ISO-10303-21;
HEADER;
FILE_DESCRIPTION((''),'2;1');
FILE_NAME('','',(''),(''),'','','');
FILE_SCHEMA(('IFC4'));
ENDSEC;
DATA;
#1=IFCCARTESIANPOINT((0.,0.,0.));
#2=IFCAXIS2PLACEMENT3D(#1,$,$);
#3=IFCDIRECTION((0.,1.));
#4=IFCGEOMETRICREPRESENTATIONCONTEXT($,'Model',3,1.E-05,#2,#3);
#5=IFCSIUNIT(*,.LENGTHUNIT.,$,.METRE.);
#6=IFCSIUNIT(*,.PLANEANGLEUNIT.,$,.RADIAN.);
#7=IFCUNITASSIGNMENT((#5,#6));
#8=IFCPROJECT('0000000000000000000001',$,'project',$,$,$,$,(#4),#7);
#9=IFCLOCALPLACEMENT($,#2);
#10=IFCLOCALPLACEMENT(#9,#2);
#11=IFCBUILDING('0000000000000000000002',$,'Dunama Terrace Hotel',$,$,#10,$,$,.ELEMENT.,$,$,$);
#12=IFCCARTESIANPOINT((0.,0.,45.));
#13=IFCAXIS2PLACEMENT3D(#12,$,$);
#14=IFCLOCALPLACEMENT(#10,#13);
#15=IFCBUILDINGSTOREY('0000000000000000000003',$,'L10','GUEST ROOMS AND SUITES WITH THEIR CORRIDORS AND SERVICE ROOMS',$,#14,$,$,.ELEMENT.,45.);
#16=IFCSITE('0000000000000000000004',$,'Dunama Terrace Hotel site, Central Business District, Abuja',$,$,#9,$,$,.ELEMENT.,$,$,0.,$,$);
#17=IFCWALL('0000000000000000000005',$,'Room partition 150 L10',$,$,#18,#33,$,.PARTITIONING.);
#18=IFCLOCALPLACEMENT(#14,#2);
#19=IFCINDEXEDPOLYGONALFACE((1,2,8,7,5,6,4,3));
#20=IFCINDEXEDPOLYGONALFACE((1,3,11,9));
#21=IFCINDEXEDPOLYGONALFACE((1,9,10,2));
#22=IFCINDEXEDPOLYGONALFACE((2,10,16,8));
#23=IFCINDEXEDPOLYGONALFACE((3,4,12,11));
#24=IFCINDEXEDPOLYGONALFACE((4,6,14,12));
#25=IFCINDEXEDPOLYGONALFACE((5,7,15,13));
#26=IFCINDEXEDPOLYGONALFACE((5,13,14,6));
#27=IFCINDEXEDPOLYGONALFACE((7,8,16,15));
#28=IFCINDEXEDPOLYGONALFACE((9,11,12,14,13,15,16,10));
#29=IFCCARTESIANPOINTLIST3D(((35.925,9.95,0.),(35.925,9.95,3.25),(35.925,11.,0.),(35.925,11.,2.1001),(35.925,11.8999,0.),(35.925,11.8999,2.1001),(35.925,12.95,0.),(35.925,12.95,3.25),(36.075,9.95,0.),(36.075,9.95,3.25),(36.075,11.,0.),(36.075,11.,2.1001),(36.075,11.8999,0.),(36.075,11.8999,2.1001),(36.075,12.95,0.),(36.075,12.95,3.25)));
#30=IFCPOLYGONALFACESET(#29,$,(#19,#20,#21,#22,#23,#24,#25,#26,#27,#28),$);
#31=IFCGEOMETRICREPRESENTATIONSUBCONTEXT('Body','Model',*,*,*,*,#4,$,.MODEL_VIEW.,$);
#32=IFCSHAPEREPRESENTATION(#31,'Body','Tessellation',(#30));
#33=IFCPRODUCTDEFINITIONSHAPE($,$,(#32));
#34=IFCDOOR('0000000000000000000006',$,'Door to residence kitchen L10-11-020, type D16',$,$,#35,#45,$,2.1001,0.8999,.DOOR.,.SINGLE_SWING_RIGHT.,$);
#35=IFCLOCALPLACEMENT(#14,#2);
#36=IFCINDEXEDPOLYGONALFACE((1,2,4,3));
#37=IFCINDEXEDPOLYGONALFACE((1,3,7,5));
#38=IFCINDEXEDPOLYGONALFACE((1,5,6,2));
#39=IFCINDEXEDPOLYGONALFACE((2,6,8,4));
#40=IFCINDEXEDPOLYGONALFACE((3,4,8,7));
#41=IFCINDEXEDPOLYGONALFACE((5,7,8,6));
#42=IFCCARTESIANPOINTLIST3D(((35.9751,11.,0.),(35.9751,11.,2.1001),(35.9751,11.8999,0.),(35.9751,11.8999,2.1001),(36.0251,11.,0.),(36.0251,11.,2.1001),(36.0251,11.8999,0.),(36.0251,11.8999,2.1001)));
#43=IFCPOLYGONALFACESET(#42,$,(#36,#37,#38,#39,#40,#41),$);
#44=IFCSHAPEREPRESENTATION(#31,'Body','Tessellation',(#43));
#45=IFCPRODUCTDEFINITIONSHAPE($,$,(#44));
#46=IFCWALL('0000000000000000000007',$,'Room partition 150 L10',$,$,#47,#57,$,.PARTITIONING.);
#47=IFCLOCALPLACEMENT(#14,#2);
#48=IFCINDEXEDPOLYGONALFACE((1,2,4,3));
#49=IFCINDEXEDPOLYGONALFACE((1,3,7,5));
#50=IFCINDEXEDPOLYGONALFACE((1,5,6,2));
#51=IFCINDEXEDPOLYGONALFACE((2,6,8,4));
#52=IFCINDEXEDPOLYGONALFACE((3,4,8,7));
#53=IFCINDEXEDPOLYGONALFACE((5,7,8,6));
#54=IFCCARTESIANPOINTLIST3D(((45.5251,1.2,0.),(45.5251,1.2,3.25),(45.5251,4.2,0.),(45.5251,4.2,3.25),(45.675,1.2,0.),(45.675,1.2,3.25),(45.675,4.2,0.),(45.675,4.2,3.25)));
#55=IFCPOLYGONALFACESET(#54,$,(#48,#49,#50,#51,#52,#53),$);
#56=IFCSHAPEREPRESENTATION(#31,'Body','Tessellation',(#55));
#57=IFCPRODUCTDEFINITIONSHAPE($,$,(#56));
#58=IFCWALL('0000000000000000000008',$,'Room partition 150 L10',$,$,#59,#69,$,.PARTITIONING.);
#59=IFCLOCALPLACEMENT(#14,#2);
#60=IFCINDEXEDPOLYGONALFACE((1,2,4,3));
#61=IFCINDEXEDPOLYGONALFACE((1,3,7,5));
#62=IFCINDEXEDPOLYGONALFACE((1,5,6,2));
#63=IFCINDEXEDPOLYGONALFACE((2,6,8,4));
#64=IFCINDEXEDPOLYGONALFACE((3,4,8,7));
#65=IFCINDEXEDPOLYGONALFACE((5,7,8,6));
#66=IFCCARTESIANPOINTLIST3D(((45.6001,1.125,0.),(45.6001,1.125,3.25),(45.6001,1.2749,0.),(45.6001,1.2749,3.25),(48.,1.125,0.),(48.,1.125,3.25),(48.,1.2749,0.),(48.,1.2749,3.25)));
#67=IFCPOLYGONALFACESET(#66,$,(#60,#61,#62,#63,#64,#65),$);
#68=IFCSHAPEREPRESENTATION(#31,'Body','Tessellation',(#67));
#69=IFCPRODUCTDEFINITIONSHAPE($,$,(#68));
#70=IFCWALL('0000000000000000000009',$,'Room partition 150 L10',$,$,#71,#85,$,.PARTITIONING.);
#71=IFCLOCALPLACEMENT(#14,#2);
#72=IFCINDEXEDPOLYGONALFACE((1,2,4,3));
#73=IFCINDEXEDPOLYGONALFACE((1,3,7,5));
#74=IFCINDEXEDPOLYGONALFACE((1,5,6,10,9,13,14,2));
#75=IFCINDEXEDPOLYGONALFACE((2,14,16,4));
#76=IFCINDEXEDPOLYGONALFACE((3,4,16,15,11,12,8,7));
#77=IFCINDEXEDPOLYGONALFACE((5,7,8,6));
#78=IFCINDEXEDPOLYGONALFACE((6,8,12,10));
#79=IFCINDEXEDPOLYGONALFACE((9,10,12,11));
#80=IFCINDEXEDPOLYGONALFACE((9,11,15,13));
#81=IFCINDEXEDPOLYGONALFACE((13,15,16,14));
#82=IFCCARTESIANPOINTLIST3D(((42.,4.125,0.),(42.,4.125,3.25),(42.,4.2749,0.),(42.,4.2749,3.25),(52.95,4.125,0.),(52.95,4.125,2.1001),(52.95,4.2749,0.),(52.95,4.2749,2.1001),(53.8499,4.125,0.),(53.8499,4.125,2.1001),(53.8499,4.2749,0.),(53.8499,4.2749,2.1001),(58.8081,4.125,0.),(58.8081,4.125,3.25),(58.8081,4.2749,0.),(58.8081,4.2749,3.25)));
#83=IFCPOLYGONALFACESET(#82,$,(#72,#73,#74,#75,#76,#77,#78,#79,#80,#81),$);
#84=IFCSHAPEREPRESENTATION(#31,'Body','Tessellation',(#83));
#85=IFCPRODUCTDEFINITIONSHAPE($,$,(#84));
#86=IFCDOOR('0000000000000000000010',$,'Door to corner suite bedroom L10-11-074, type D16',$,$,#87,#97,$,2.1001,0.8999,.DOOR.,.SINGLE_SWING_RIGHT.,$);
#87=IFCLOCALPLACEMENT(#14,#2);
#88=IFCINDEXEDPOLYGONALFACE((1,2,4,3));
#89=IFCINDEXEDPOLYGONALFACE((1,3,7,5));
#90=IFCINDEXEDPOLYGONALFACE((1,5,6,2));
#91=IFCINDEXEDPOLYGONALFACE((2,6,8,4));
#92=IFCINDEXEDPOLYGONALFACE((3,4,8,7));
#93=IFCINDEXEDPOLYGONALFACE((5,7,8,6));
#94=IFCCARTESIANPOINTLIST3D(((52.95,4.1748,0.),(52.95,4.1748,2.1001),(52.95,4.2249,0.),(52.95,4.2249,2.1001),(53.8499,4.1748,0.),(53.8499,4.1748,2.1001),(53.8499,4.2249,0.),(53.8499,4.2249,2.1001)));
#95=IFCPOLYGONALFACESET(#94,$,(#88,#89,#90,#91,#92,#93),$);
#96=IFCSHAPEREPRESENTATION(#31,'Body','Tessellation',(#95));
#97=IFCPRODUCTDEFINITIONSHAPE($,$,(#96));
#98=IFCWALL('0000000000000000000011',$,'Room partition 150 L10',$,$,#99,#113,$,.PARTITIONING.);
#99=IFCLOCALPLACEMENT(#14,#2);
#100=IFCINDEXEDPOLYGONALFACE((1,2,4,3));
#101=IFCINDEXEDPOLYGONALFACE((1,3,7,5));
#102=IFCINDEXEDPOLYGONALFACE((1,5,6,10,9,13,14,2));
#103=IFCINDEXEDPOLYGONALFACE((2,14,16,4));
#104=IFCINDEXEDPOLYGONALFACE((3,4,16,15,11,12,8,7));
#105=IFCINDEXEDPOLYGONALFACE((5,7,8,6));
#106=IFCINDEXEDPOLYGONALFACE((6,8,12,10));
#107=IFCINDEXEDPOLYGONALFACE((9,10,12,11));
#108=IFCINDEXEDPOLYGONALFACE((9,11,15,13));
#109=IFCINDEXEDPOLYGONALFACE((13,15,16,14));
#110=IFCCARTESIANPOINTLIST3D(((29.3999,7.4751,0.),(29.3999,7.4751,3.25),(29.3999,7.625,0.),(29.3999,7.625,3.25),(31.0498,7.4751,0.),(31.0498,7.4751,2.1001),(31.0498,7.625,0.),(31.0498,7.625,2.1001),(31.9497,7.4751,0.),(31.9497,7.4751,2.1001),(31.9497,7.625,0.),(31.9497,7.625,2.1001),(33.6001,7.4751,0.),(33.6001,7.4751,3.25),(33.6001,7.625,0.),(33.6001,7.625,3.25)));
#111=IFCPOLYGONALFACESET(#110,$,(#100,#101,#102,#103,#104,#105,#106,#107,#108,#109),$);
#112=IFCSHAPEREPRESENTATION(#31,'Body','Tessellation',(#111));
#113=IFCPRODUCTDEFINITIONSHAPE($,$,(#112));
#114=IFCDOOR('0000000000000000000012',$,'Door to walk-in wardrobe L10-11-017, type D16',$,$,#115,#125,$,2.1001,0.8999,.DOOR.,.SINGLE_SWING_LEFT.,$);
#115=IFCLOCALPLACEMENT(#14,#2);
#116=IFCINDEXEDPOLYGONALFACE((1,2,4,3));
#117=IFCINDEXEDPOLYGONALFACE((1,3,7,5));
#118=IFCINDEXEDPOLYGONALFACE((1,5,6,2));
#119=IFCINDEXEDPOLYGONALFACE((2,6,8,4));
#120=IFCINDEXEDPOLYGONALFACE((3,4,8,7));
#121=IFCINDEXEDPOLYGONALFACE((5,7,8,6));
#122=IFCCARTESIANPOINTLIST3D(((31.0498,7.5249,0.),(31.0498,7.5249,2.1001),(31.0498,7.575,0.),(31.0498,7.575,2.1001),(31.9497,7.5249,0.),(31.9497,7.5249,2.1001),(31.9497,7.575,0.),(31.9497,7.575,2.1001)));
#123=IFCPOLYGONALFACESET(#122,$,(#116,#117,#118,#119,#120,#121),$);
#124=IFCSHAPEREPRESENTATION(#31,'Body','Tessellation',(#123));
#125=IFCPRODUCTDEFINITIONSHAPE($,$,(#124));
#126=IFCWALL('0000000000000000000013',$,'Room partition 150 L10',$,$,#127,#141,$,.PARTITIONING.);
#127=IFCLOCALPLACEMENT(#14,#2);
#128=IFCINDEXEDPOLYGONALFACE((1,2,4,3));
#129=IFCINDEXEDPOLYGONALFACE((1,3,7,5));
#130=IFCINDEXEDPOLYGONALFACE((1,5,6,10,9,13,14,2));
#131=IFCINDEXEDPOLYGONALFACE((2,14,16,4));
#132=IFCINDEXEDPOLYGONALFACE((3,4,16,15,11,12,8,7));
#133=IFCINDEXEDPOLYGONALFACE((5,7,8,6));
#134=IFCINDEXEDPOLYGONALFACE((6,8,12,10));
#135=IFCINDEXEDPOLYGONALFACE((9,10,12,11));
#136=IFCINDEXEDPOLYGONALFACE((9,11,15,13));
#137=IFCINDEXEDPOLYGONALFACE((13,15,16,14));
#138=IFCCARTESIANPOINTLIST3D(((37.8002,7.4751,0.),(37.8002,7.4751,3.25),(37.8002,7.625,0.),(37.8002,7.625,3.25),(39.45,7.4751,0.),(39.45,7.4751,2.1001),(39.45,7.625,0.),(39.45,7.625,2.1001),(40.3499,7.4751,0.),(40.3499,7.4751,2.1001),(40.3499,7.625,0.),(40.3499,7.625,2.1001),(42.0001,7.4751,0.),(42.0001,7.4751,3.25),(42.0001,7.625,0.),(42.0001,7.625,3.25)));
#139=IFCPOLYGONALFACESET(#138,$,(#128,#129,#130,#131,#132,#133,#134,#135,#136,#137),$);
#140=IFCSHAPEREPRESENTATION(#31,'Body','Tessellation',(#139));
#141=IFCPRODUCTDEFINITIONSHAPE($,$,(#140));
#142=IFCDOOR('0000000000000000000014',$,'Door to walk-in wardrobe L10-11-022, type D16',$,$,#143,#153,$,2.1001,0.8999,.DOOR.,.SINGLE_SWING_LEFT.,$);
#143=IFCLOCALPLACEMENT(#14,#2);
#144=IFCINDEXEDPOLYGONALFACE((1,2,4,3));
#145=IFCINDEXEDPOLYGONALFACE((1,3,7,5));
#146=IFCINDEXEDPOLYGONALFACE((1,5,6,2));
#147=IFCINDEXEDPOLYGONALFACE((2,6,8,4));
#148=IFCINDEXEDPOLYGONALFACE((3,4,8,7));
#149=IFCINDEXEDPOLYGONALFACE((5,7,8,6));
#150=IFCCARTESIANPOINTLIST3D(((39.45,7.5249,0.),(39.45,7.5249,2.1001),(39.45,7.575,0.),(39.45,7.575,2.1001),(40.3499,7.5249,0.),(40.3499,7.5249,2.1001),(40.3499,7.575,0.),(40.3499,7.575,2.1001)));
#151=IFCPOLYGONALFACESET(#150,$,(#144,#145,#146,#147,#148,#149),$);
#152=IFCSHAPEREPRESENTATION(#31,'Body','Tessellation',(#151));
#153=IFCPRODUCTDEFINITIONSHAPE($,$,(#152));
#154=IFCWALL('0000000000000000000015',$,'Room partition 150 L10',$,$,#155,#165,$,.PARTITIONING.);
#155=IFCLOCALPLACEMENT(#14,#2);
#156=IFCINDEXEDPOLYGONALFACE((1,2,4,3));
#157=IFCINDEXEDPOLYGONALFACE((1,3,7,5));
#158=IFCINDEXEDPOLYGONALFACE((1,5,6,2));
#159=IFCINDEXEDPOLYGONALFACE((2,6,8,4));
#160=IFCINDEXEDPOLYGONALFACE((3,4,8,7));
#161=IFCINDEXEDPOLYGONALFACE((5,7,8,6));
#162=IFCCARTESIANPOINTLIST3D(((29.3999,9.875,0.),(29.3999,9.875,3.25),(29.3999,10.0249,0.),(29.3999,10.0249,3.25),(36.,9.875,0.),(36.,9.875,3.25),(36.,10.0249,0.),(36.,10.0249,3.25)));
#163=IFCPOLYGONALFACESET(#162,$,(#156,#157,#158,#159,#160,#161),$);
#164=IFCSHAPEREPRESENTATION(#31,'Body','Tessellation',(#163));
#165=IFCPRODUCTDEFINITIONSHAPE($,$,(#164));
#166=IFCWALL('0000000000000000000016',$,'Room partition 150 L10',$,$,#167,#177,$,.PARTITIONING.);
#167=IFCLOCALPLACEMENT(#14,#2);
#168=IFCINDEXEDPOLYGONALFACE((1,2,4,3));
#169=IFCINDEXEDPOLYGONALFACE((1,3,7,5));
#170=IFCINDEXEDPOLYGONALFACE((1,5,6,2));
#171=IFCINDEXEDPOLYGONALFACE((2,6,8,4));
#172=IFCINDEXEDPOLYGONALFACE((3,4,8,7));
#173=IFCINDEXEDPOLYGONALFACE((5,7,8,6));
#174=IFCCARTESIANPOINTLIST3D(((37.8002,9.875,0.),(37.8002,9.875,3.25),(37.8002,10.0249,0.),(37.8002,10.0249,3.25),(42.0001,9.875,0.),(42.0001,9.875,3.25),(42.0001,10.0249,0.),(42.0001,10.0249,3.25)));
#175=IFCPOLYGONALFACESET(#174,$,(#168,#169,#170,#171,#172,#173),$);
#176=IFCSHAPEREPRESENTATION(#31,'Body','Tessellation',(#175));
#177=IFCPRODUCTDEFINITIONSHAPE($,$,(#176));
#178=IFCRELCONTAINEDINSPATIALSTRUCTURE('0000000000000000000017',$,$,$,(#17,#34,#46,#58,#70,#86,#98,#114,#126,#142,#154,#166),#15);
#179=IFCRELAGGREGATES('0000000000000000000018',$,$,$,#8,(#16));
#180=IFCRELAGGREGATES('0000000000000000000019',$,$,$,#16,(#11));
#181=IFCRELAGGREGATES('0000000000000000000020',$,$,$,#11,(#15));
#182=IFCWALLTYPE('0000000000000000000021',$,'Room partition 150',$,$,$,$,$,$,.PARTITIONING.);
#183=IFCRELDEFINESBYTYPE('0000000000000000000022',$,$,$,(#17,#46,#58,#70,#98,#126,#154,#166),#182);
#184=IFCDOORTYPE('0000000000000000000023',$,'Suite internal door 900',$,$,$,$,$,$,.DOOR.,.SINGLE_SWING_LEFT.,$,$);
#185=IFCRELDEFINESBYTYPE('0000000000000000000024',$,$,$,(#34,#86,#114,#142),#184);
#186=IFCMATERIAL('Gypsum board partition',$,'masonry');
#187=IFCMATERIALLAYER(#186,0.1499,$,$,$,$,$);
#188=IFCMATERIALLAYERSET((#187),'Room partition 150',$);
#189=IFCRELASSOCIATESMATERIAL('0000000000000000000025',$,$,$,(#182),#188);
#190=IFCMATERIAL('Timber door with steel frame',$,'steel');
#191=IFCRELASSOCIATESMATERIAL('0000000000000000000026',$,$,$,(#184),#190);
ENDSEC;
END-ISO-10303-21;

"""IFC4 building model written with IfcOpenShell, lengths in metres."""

from ifc_helpers import new_model, si_unit, direction, frame, frame_2d, origin, place, context, subcontext, project, spatial, rectangle, extrude, material, layer, layer_set, type_object, element, fill, save


model = new_model("IFC4")

# Units and contexts
model_context = context("Model", 3, precision=1e-05, world=origin(), true_north=direction((0.0, 1.0)))
body_context = subcontext(model_context, "Body", "Model", "MODEL_VIEW")
ifc_project = project(units=[si_unit("LENGTHUNIT", "METRE"), si_unit("PLANEANGLEUNIT", "RADIAN")], contexts=[model_context])

# Site, building, storey
site_placement = place(None, origin())
site = spatial("IfcSite", under=ifc_project, at=site_placement, Name="Dunama Terrace Hotel site, Central Business District, Abuja", CompositionType="ELEMENT", RefElevation=0.0)
building_placement = place(site_placement, origin())
building = spatial("IfcBuilding", under=site, at=building_placement, Name="Dunama Terrace Hotel", CompositionType="ELEMENT")
storey_placement = place(building_placement, frame((0.0, 0.0, 45.0)))
storey = spatial("IfcBuildingStorey", under=building, at=storey_placement, Name="L10", Description="GUEST ROOMS AND SUITES WITH THEIR CORRIDORS AND SERVICE ROOMS", CompositionType="ELEMENT", Elevation=45.0)

# Wall, opening, door
ifc_material_1 = material(Name="Gypsum board partition", Category="masonry")
ifc_layer_1 = layer(ifc_material_1, 0.1499)
ifc_layer_set_1 = layer_set([ifc_layer_1], Name="Room partition 150")
wall_type_1 = type_object("IfcWallType", Name="Room partition 150", PredefinedType="PARTITIONING", material=ifc_layer_set_1)
ifc_material_2 = material(Name="Timber door with steel frame", Category="steel")
door_type_1 = type_object("IfcDoorType", Name="Suite internal door 900", OperationType="SINGLE_SWING_LEFT", PredefinedType="DOOR", material=ifc_material_2)
wall_1_placement = place(storey_placement, frame((36.0, 9.95, 0.0), z_axis=(0.0, 0.0, 1.0), x_axis=(0.0, 1.0, 0.0)))
wall_1 = element("IfcWall", 1, at=wall_1_placement, inside=storey, type_object=wall_type_1, Name="Room partition 150 L10", PredefinedType="PARTITIONING", context=body_context, shape_type="SweptSolid", body=[
    extrude(rectangle(XDim=3.0, YDim=0.1499, at=frame_2d((1.5, 0.0))), origin(), (0.0, 0.0, 1.0), 3.25),
])
opening_1_placement = place(wall_1_placement, frame((1.05, 0.0, 0.0)))
opening_1 = element("IfcOpeningElement", 2, at=opening_1_placement, cuts=wall_1, PredefinedType="OPENING", context=body_context, shape_type="SweptSolid", body=[
    extrude(rectangle(XDim=0.8999, YDim=2.1001, at=frame_2d((0.45, 1.05))), frame((0.0, 0.085, 0.0), z_axis=(0.0, -1.0, 0.0), x_axis=(1.0, 0.0, 0.0)), (0.0, 0.0, 1.0), 0.1699),
])
door_1_placement = place(opening_1_placement, origin())
door_1 = element("IfcDoor", 3, at=door_1_placement, inside=storey, type_object=door_type_1, Name="Door to residence kitchen L10-11-020, type D16", OperationType="SINGLE_SWING_RIGHT", OverallHeight=2.1001, OverallWidth=0.8999, PredefinedType="DOOR", context=body_context, shape_type="SweptSolid", body=[
    extrude(rectangle(XDim=0.8999, YDim=2.1001, at=frame_2d((0.45, 1.05))), frame((0.0, 0.0249, 0.0), z_axis=(0.0, -1.0, 0.0), x_axis=(1.0, 0.0, 0.0)), (0.0, 0.0, 1.0), 0.05),
])
fill(opening_1, door_1)

# Walls
wall_2_placement = place(storey_placement, frame((45.6001, 1.2, 0.0), z_axis=(0.0, 0.0, 1.0), x_axis=(0.0, 1.0, 0.0)))
element("IfcWall", 4, at=wall_2_placement, inside=storey, type_object=wall_type_1, Name="Room partition 150 L10", PredefinedType="PARTITIONING", context=body_context, shape_type="SweptSolid", body=[
    extrude(rectangle(XDim=3.0, YDim=0.1499, at=frame_2d((1.5, 0.0))), origin(), (0.0, 0.0, 1.0), 3.25),
])
wall_3_placement = place(storey_placement, frame((45.6001, 1.2, 0.0), z_axis=(0.0, 0.0, 1.0), x_axis=(1.0, 0.0, 0.0)))
element("IfcWall", 5, at=wall_3_placement, inside=storey, type_object=wall_type_1, Name="Room partition 150 L10", PredefinedType="PARTITIONING", context=body_context, shape_type="SweptSolid", body=[
    extrude(rectangle(XDim=2.3999, YDim=0.1499, at=frame_2d((1.2, 0.0))), origin(), (0.0, 0.0, 1.0), 3.25),
])

# Walls, openings, doors
wall_4_placement = place(storey_placement, frame((42.0, 4.2, 0.0), z_axis=(0.0, 0.0, 1.0), x_axis=(1.0, 0.0, 0.0)))
wall_4 = element("IfcWall", 6, at=wall_4_placement, inside=storey, type_object=wall_type_1, Name="Room partition 150 L10", PredefinedType="PARTITIONING", context=body_context, shape_type="SweptSolid", body=[
    extrude(rectangle(XDim=16.8081, YDim=0.1499, at=frame_2d((8.4041, 0.0))), origin(), (0.0, 0.0, 1.0), 3.25),
])
opening_2_placement = place(wall_4_placement, frame((10.95, 0.0, 0.0)))
opening_2 = element("IfcOpeningElement", 7, at=opening_2_placement, cuts=wall_4, PredefinedType="OPENING", context=body_context, shape_type="SweptSolid", body=[
    extrude(rectangle(XDim=0.8999, YDim=2.1001, at=frame_2d((0.45, 1.05))), frame((0.0, 0.085, 0.0), z_axis=(0.0, -1.0, 0.0), x_axis=(1.0, 0.0, 0.0)), (0.0, 0.0, 1.0), 0.1699),
])
door_2_placement = place(opening_2_placement, frame((0.8999, 0.0, 0.0), z_axis=(0.0, 0.0, 1.0), x_axis=(-1.0, 0.0, 0.0)))
door_2 = element("IfcDoor", 8, at=door_2_placement, inside=storey, type_object=door_type_1, Name="Door to corner suite bedroom L10-11-074, type D16", OperationType="SINGLE_SWING_RIGHT", OverallHeight=2.1001, OverallWidth=0.8999, PredefinedType="DOOR", context=body_context, shape_type="SweptSolid", body=[
    extrude(rectangle(XDim=0.8999, YDim=2.1001, at=frame_2d((0.45, 1.05))), frame((0.0, 0.0251, 0.0), z_axis=(0.0, -1.0, 0.0), x_axis=(1.0, 0.0, 0.0)), (0.0, 0.0, 1.0), 0.05),
])
fill(opening_2, door_2)
wall_5_placement = place(storey_placement, frame((29.3999, 7.55, 0.0), z_axis=(0.0, 0.0, 1.0), x_axis=(1.0, 0.0, 0.0)))
wall_5 = element("IfcWall", 9, at=wall_5_placement, inside=storey, type_object=wall_type_1, Name="Room partition 150 L10", PredefinedType="PARTITIONING", context=body_context, shape_type="SweptSolid", body=[
    extrude(rectangle(XDim=4.2002, YDim=0.1499, at=frame_2d((2.1001, 0.0))), origin(), (0.0, 0.0, 1.0), 3.25),
])
opening_3_placement = place(wall_5_placement, frame((1.6499, 0.0, 0.0)))
opening_3 = element("IfcOpeningElement", 10, at=opening_3_placement, cuts=wall_5, PredefinedType="OPENING", context=body_context, shape_type="SweptSolid", body=[
    extrude(rectangle(XDim=0.8999, YDim=2.1001, at=frame_2d((0.45, 1.05))), frame((0.0, 0.085, 0.0), z_axis=(0.0, -1.0, 0.0), x_axis=(1.0, 0.0, 0.0)), (0.0, 0.0, 1.0), 0.1699),
])
door_3_placement = place(opening_3_placement, origin())
door_3 = element("IfcDoor", 11, at=door_3_placement, inside=storey, type_object=door_type_1, Name="Door to walk-in wardrobe L10-11-017, type D16", OperationType="SINGLE_SWING_LEFT", OverallHeight=2.1001, OverallWidth=0.8999, PredefinedType="DOOR", context=body_context, shape_type="SweptSolid", body=[
    extrude(rectangle(XDim=0.8999, YDim=2.1001, at=frame_2d((0.45, 1.05))), frame((0.0, 0.0249, 0.0), z_axis=(0.0, -1.0, 0.0), x_axis=(1.0, 0.0, 0.0)), (0.0, 0.0, 1.0), 0.05),
])
fill(opening_3, door_3)
wall_6_placement = place(storey_placement, frame((37.8, 7.55, 0.0), z_axis=(0.0, 0.0, 1.0), x_axis=(1.0, 0.0, 0.0)))
wall_6 = element("IfcWall", 12, at=wall_6_placement, inside=storey, type_object=wall_type_1, Name="Room partition 150 L10", PredefinedType="PARTITIONING", context=body_context, shape_type="SweptSolid", body=[
    extrude(rectangle(XDim=4.2, YDim=0.1499, at=frame_2d((2.1001, 0.0))), origin(), (0.0, 0.0, 1.0), 3.25),
])
opening_4_placement = place(wall_6_placement, frame((1.6499, 0.0, 0.0)))
opening_4 = element("IfcOpeningElement", 13, at=opening_4_placement, cuts=wall_6, PredefinedType="OPENING", context=body_context, shape_type="SweptSolid", body=[
    extrude(rectangle(XDim=0.8999, YDim=2.1001, at=frame_2d((0.45, 1.05))), frame((0.0, 0.085, 0.0), z_axis=(0.0, -1.0, 0.0), x_axis=(1.0, 0.0, 0.0)), (0.0, 0.0, 1.0), 0.1699),
])
door_4_placement = place(opening_4_placement, origin())
door_4 = element("IfcDoor", 14, at=door_4_placement, inside=storey, type_object=door_type_1, Name="Door to walk-in wardrobe L10-11-022, type D16", OperationType="SINGLE_SWING_LEFT", OverallHeight=2.1001, OverallWidth=0.8999, PredefinedType="DOOR", context=body_context, shape_type="SweptSolid", body=[
    extrude(rectangle(XDim=0.8999, YDim=2.1001, at=frame_2d((0.45, 1.05))), frame((0.0, 0.0249, 0.0), z_axis=(0.0, -1.0, 0.0), x_axis=(1.0, 0.0, 0.0)), (0.0, 0.0, 1.0), 0.05),
])
fill(opening_4, door_4)

# Walls
wall_7_placement = place(storey_placement, frame((29.3999, 9.95, 0.0), z_axis=(0.0, 0.0, 1.0), x_axis=(1.0, 0.0, 0.0)))
element("IfcWall", 15, at=wall_7_placement, inside=storey, type_object=wall_type_1, Name="Room partition 150 L10", PredefinedType="PARTITIONING", context=body_context, shape_type="SweptSolid", body=[
    extrude(rectangle(XDim=6.6001, YDim=0.1499, at=frame_2d((3.3, 0.0))), origin(), (0.0, 0.0, 1.0), 3.25),
])
wall_8_placement = place(storey_placement, frame((37.8, 9.95, 0.0), z_axis=(0.0, 0.0, 1.0), x_axis=(1.0, 0.0, 0.0)))
element("IfcWall", 16, at=wall_8_placement, inside=storey, type_object=wall_type_1, Name="Room partition 150 L10", PredefinedType="PARTITIONING", context=body_context, shape_type="SweptSolid", body=[
    extrude(rectangle(XDim=4.2, YDim=0.1499, at=frame_2d((2.1001, 0.0))), origin(), (0.0, 0.0, 1.0), 3.25),
])

save(model, "model.ifc")
